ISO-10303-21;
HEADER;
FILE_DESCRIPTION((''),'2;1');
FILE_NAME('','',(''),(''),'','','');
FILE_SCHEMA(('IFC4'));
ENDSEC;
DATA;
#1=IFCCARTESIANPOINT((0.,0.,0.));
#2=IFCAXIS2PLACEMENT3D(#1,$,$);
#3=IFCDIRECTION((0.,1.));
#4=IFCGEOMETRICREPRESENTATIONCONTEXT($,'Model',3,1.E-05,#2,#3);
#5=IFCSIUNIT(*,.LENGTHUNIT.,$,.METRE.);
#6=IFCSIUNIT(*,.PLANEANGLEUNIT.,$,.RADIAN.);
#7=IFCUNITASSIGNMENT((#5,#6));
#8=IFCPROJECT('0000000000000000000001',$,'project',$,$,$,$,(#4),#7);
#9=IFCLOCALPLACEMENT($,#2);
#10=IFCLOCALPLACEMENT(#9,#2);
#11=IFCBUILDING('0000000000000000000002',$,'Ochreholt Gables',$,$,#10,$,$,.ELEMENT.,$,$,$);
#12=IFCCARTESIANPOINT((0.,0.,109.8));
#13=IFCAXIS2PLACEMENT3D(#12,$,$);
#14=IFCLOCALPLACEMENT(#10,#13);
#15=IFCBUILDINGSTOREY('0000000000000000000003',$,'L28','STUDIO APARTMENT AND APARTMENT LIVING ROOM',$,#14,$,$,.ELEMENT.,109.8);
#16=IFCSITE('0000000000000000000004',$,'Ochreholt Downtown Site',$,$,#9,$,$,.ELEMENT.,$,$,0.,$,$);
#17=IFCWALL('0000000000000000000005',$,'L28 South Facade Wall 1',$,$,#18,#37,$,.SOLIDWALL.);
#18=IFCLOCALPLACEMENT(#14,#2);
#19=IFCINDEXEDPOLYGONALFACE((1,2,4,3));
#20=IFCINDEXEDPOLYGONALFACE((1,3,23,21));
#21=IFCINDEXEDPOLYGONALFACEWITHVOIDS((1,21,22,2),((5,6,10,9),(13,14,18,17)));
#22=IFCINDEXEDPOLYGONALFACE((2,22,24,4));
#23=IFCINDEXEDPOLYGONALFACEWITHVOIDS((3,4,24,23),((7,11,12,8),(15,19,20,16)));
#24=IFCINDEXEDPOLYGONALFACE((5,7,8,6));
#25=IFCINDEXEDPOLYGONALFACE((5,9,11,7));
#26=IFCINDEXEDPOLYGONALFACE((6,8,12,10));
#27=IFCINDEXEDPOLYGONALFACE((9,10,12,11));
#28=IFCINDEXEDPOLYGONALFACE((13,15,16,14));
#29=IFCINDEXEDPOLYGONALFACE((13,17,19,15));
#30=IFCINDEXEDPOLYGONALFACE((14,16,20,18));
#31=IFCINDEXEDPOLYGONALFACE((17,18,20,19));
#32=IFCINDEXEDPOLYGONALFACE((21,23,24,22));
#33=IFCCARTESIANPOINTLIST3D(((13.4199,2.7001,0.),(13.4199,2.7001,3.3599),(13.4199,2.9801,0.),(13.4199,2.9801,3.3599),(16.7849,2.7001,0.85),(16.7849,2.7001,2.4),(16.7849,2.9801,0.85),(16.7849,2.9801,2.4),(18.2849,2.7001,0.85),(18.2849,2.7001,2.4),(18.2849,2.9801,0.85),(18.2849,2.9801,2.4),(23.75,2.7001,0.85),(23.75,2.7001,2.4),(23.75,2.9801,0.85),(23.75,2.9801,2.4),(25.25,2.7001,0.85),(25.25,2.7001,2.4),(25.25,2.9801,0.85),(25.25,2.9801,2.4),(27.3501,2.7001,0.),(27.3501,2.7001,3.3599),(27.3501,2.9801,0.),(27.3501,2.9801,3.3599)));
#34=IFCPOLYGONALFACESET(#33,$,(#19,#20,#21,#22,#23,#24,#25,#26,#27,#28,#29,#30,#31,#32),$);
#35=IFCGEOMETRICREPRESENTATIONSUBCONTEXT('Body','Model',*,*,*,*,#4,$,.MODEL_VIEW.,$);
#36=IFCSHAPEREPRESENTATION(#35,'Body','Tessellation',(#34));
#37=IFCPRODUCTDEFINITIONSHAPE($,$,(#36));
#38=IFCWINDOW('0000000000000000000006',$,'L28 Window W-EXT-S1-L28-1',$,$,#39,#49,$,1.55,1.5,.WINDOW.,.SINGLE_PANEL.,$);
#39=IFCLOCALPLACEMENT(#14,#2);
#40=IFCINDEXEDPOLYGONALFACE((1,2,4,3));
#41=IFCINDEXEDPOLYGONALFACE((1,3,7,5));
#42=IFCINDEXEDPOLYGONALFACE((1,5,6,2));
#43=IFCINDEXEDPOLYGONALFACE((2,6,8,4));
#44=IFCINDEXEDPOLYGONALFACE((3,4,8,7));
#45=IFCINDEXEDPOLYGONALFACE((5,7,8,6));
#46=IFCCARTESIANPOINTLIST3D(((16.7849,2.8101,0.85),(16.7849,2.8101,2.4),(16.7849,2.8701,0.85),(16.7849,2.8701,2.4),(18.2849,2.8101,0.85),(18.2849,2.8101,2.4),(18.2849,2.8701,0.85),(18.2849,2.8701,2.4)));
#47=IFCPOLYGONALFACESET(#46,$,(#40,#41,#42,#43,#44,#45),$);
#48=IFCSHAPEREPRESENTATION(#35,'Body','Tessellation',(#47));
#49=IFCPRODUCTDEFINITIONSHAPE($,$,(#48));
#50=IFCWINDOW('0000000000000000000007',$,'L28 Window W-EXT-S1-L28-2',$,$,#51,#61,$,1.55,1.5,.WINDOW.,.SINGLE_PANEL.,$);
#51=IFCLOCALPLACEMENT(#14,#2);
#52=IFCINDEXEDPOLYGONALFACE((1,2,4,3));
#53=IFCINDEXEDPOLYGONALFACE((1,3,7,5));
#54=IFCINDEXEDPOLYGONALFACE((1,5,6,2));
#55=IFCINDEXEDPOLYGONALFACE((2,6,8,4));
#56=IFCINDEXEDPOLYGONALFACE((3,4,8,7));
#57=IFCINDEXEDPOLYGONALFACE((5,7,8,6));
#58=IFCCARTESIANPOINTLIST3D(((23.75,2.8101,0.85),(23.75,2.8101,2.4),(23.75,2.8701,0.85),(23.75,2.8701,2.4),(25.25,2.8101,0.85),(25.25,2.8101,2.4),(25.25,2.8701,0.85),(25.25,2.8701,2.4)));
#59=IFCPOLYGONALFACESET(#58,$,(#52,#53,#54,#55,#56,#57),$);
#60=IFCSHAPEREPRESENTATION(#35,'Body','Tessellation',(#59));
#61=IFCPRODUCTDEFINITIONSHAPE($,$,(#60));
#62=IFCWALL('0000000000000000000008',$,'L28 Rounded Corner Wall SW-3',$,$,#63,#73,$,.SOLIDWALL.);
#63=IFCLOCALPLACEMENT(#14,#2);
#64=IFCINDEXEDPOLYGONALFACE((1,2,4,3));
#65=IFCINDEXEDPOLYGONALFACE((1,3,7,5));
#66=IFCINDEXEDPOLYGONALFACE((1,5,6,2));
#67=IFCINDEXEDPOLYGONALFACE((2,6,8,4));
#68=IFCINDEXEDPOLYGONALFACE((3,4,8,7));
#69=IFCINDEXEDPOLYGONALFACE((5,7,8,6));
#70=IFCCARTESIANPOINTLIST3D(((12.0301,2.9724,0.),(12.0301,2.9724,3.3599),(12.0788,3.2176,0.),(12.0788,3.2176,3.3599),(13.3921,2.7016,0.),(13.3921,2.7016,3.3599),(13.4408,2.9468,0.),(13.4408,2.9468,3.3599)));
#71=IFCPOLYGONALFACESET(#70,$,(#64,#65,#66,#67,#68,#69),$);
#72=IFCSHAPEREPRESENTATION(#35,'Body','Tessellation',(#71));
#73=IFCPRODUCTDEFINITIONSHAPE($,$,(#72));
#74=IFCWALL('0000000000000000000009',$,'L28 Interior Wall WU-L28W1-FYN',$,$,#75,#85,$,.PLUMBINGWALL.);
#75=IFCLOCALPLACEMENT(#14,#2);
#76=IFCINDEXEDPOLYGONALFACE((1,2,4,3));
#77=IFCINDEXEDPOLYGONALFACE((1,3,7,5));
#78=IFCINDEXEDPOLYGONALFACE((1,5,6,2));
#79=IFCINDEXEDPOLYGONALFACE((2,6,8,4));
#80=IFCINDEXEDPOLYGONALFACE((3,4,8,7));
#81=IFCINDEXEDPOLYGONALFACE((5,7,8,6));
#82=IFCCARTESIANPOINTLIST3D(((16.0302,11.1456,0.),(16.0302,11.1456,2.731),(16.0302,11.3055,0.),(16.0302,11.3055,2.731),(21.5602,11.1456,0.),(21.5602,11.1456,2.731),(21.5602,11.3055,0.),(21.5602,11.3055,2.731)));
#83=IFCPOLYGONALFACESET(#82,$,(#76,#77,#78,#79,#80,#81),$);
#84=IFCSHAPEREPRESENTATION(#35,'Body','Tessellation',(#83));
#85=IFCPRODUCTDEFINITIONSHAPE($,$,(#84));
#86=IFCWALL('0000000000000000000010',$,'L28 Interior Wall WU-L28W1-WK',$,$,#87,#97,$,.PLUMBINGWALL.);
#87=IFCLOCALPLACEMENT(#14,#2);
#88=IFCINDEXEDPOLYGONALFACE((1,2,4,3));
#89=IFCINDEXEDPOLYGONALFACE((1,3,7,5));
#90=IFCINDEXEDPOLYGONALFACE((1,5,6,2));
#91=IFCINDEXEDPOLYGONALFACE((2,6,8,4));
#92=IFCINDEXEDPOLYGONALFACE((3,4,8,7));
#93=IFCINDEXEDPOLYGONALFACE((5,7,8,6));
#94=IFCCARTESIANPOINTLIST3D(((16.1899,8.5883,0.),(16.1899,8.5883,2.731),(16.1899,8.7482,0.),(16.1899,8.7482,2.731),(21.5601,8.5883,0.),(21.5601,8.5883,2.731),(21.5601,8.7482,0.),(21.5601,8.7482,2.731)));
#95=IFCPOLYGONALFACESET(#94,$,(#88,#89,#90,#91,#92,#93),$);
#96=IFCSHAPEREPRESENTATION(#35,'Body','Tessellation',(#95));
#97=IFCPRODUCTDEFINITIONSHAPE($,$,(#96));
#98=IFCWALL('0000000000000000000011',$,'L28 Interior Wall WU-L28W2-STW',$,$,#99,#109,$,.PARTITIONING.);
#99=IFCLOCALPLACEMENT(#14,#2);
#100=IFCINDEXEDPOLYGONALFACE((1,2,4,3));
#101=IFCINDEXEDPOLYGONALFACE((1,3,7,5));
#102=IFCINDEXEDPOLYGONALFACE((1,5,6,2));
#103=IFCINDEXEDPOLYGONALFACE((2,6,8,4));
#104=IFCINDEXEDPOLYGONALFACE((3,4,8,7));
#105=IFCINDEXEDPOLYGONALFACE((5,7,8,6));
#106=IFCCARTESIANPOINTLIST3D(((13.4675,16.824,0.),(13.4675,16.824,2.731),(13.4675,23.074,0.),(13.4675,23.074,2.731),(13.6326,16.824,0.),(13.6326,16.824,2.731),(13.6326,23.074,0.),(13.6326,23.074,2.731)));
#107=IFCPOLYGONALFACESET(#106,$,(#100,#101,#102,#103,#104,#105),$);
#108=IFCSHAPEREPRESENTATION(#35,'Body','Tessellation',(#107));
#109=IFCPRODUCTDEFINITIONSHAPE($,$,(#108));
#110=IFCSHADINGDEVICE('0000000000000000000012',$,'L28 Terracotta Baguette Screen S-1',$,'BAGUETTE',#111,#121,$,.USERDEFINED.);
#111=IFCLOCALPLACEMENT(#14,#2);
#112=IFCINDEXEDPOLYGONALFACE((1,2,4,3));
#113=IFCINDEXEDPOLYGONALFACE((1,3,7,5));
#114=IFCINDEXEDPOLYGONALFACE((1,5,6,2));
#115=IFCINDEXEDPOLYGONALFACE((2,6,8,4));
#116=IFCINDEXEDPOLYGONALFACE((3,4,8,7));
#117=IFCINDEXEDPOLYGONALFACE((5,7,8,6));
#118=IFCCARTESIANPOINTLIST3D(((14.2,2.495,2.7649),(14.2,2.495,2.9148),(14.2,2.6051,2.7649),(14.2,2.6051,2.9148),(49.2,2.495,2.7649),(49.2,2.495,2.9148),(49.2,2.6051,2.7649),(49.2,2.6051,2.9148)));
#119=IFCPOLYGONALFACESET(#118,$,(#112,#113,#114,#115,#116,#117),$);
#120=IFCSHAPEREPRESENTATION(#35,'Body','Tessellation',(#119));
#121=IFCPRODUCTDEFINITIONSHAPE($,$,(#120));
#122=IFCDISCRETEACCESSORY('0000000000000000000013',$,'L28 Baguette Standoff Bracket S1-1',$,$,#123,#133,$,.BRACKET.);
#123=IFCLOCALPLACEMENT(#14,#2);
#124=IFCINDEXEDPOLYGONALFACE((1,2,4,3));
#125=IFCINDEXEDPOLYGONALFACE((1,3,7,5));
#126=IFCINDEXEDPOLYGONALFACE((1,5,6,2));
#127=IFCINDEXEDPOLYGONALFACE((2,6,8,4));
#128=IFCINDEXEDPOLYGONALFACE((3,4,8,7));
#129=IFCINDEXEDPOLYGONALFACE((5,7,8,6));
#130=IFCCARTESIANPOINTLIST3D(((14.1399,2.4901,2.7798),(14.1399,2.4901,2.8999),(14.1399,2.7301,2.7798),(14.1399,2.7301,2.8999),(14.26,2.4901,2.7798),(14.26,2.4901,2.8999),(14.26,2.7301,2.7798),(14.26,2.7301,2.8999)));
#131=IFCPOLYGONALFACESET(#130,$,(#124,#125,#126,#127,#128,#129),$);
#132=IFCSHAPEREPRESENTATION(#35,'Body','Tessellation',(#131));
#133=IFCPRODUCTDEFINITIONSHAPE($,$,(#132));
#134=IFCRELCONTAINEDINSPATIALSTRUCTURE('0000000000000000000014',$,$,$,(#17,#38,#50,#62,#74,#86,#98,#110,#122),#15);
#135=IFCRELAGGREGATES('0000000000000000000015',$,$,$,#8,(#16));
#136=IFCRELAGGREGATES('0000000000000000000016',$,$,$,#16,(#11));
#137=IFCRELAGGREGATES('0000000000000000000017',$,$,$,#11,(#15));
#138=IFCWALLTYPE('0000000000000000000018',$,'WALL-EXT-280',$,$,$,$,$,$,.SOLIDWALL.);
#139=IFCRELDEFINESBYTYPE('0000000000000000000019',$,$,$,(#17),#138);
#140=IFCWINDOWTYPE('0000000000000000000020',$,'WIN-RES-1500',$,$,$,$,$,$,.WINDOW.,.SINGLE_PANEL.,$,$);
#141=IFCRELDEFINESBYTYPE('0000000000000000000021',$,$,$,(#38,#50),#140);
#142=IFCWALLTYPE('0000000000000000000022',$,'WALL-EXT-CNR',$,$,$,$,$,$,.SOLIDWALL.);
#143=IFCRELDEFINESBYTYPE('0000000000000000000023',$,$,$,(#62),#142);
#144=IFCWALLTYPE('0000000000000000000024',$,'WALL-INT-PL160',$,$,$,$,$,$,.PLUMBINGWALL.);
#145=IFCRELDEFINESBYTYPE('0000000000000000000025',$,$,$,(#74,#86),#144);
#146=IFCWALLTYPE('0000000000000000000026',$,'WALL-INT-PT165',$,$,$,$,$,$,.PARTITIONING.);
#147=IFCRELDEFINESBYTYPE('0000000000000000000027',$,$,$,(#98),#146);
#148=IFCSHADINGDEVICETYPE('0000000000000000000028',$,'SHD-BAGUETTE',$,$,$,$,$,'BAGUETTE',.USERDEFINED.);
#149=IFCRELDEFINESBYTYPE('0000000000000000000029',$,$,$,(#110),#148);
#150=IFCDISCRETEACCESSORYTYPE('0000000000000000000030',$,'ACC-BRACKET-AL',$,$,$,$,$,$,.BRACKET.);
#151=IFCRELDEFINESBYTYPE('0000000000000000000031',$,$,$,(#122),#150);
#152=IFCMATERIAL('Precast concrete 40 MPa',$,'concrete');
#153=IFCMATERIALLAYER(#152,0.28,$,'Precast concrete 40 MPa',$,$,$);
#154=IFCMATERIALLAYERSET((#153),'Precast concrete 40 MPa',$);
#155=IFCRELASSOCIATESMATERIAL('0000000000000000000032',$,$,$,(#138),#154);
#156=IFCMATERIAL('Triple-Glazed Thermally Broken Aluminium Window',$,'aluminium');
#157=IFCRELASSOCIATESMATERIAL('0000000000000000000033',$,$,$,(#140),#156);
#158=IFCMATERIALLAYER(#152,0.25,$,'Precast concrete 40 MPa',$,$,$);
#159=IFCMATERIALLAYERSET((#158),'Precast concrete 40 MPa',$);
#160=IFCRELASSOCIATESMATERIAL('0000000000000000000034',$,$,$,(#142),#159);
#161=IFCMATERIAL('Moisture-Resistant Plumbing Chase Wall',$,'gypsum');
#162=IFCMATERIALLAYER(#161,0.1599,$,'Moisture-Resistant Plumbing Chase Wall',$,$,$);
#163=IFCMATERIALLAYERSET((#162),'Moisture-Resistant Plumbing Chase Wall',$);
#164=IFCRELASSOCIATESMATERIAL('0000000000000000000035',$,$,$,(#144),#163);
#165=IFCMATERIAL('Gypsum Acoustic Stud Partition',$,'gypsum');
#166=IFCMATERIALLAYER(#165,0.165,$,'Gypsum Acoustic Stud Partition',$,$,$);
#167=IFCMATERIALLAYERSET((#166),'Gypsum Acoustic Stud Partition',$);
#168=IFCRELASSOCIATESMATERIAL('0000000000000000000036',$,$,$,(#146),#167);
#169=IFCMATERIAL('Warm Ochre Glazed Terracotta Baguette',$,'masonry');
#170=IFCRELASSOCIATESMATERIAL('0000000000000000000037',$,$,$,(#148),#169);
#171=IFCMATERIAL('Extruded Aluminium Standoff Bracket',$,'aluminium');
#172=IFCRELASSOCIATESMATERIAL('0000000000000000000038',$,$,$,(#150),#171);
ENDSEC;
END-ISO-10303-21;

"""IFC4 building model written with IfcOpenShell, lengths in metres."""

from ifc_helpers import new_model, si_unit, direction, frame, frame_2d, origin, origin_2d, place, context, subcontext, project, spatial, rectangle, extrude, material, layer, layer_set, material_profile, profile_set, type_object, element, fill, save


model = new_model("IFC4")

# Units and contexts
model_context = context("Model", 3, precision=1e-05, world=origin(), true_north=direction((0.0, 1.0)))
body_context = subcontext(model_context, "Body", "Model", "MODEL_VIEW")
ifc_project = project(units=[si_unit("LENGTHUNIT", "METRE"), si_unit("PLANEANGLEUNIT", "RADIAN")], contexts=[model_context])

# Site, building, storey
site_placement = place(None, origin())
site = spatial("IfcSite", under=ifc_project, at=site_placement, Name="Ochreholt Downtown Site", CompositionType="ELEMENT", RefElevation=0.0)
building_placement = place(site_placement, origin())
building = spatial("IfcBuilding", under=site, at=building_placement, Name="Ochreholt Gables", CompositionType="ELEMENT")
storey_placement = place(building_placement, frame((0.0, 0.0, 109.8)))
storey = spatial("IfcBuildingStorey", under=building, at=storey_placement, Name="L28", Description="STUDIO APARTMENT AND APARTMENT LIVING ROOM", CompositionType="ELEMENT", Elevation=109.8)

# Wall, openings, windows
ifc_material_1 = material(Name="Precast concrete 40 MPa", Category="concrete")
ifc_layer_1 = layer(ifc_material_1, 0.28, Name="Precast concrete 40 MPa")
ifc_layer_set_1 = layer_set([ifc_layer_1], Name="Precast concrete 40 MPa")
wall_type_1 = type_object("IfcWallType", Name="WALL-EXT-280", PredefinedType="SOLIDWALL", material=ifc_layer_set_1)
wall_1_placement = place(storey_placement, frame((13.4199, 2.8401, 0.0), z_axis=(0.0, 0.0, 1.0), x_axis=(1.0, 0.0, 0.0)))
wall_1 = element("IfcWall", 1, at=wall_1_placement, inside=storey, type_object=wall_type_1, Name="L28 South Facade Wall 1", PredefinedType="SOLIDWALL", context=body_context, shape_type="SweptSolid", body=[
    extrude(rectangle(XDim=13.9302, YDim=0.28, at=frame_2d((6.9651, 0.0))), origin(), (0.0, 0.0, 1.0), 3.3599),
])
opening_1_placement = place(wall_1_placement, frame((3.365, 0.0, 0.8501)))
opening_1 = element("IfcOpeningElement", 2, at=opening_1_placement, cuts=wall_1, PredefinedType="OPENING", context=body_context, shape_type="SweptSolid", body=[
    extrude(rectangle(XDim=1.5, YDim=1.55, at=frame_2d((0.75, 0.7749))), frame((0.0, 0.1499, 0.0), z_axis=(0.0, -1.0, 0.0), x_axis=(1.0, 0.0, 0.0)), (0.0, 0.0, 1.0), 0.3),
])
opening_2_placement = place(wall_1_placement, frame((10.3301, 0.0, 0.8501)))
opening_2 = element("IfcOpeningElement", 3, at=opening_2_placement, cuts=wall_1, PredefinedType="OPENING", context=body_context, shape_type="SweptSolid", body=[
    extrude(rectangle(XDim=1.5, YDim=1.55, at=frame_2d((0.75, 0.7749))), frame((0.0, 0.1499, 0.0), z_axis=(0.0, -1.0, 0.0), x_axis=(1.0, 0.0, 0.0)), (0.0, 0.0, 1.0), 0.3),
])
ifc_material_2 = material(Name="Triple-Glazed Thermally Broken Aluminium Window", Category="aluminium")
window_type = type_object("IfcWindowType", Name="WIN-RES-1500", PartitioningType="SINGLE_PANEL", PredefinedType="WINDOW", material=ifc_material_2)
window_1_placement = place(opening_1_placement, origin())
window_1 = element("IfcWindow", 4, at=window_1_placement, inside=storey, type_object=window_type, Name="L28 Window W-EXT-S1-L28-1", OverallHeight=1.55, OverallWidth=1.5, PartitioningType="SINGLE_PANEL", PredefinedType="WINDOW", context=body_context, shape_type="SweptSolid", body=[
    extrude(rectangle(XDim=1.5, YDim=1.55, at=frame_2d((0.75, 0.7749))), frame((0.0, 0.03, 0.0), z_axis=(0.0, -1.0, 0.0), x_axis=(1.0, 0.0, 0.0)), (0.0, 0.0, 1.0), 0.0601),
])
fill(opening_1, window_1)
window_2_placement = place(opening_2_placement, origin())
window_2 = element("IfcWindow", 5, at=window_2_placement, inside=storey, type_object=window_type, Name="L28 Window W-EXT-S1-L28-2", OverallHeight=1.55, OverallWidth=1.5, PartitioningType="SINGLE_PANEL", PredefinedType="WINDOW", context=body_context, shape_type="SweptSolid", body=[
    extrude(rectangle(XDim=1.5, YDim=1.55, at=frame_2d((0.75, 0.7749))), frame((0.0, 0.03, 0.0), z_axis=(0.0, -1.0, 0.0), x_axis=(1.0, 0.0, 0.0)), (0.0, 0.0, 1.0), 0.0601),
])
fill(opening_2, window_2)

# Walls
ifc_layer_2 = layer(ifc_material_1, 0.25, Name="Precast concrete 40 MPa")
ifc_layer_set_2 = layer_set([ifc_layer_2], Name="Precast concrete 40 MPa")
wall_type_2 = type_object("IfcWallType", Name="WALL-EXT-CNR", PredefinedType="SOLIDWALL", material=ifc_layer_set_2)
wall_2_placement = place(storey_placement, frame((12.0544, 3.095, 0.0), z_axis=(0.0, 0.0, 1.0), x_axis=(0.98081, -0.194967, 0.0)))
element("IfcWall", 6, at=wall_2_placement, inside=storey, type_object=wall_type_2, Name="L28 Rounded Corner Wall SW-3", PredefinedType="SOLIDWALL", context=body_context, shape_type="SweptSolid", body=[
    extrude(rectangle(XDim=1.3887, YDim=0.25, at=frame_2d((0.6943, 0.0))), origin(), (0.0, 0.0, 1.0), 3.3599),
])
ifc_material_3 = material(Name="Moisture-Resistant Plumbing Chase Wall", Category="gypsum")
ifc_layer_3 = layer(ifc_material_3, 0.1599, Name="Moisture-Resistant Plumbing Chase Wall")
ifc_layer_set_3 = layer_set([ifc_layer_3], Name="Moisture-Resistant Plumbing Chase Wall")
wall_type_3 = type_object("IfcWallType", Name="WALL-INT-PL160", PredefinedType="PLUMBINGWALL", material=ifc_layer_set_3)
wall_3_placement = place(storey_placement, frame((16.03, 11.2256, 0.0), z_axis=(0.0, 0.0, 1.0), x_axis=(1.0, 0.0, 0.0)))
element("IfcWall", 7, at=wall_3_placement, inside=storey, type_object=wall_type_3, Name="L28 Interior Wall WU-L28W1-FYN", PredefinedType="PLUMBINGWALL", context=body_context, shape_type="SweptSolid", body=[
    extrude(rectangle(XDim=5.53, YDim=0.1599, at=frame_2d((2.7651, 0.0))), origin(), (0.0, 0.0, 1.0), 2.731),
])

# Wall
wall_4_placement = place(storey_placement, frame((16.1899, 8.6682, 0.0), z_axis=(0.0, 0.0, 1.0), x_axis=(1.0, 0.0, 0.0)))
element("IfcWall", 8, at=wall_4_placement, inside=storey, type_object=wall_type_3, Name="L28 Interior Wall WU-L28W1-WK", PredefinedType="PLUMBINGWALL", context=body_context, shape_type="SweptSolid", body=[
    extrude(rectangle(XDim=5.3701, YDim=0.1599, at=frame_2d((2.6851, 0.0))), origin(), (0.0, 0.0, 1.0), 2.731),
])

# Wall
ifc_material_4 = material(Name="Gypsum Acoustic Stud Partition", Category="gypsum")
ifc_layer_4 = layer(ifc_material_4, 0.165, Name="Gypsum Acoustic Stud Partition")
ifc_layer_set_4 = layer_set([ifc_layer_4], Name="Gypsum Acoustic Stud Partition")
wall_type_4 = type_object("IfcWallType", Name="WALL-INT-PT165", PredefinedType="PARTITIONING", material=ifc_layer_set_4)
wall_5_placement = place(storey_placement, frame((13.55, 16.824, 0.0), z_axis=(0.0, 0.0, 1.0), x_axis=(0.0, 1.0, 0.0)))
element("IfcWall", 9, at=wall_5_placement, inside=storey, type_object=wall_type_4, Name="L28 Interior Wall WU-L28W2-STW", PredefinedType="PARTITIONING", context=body_context, shape_type="SweptSolid", body=[
    extrude(rectangle(XDim=6.25, YDim=0.165, at=frame_2d((3.125, 0.0))), origin(), (0.0, 0.0, 1.0), 2.731),
])

# Shading device
ifc_material_5 = material(Name="Warm Ochre Glazed Terracotta Baguette", Category="masonry")
ifc_material_profile_1 = material_profile(ifc_material_5, rectangle(XDim=0.1101, YDim=0.1499, at=origin_2d()), Name="TCBAG110X150")
ifc_profile_set_1 = profile_set([ifc_material_profile_1], Name="Warm Ochre Glazed Terracotta Baguette")
shading_device_type = type_object("IfcShadingDeviceType", Name="SHD-BAGUETTE", ElementType="BAGUETTE", PredefinedType="USERDEFINED", material=ifc_profile_set_1)
shading_device_placement = place(storey_placement, frame((14.2, 2.55, 2.8398), z_axis=(1.0, 0.0, 0.0), x_axis=(0.0, 1.0, 0.0)))
element("IfcShadingDevice", 10, at=shading_device_placement, inside=storey, type_object=shading_device_type, Name="L28 Terracotta Baguette Screen S-1", ObjectType="BAGUETTE", PredefinedType="USERDEFINED", context=body_context, shape_type="SweptSolid", body=[
    extrude(rectangle(XDim=0.1101, YDim=0.1499, at=origin_2d()), origin(), (0.0, 0.0, 1.0), 35.0),
])

# Discrete accessory
ifc_material_6 = material(Name="Extruded Aluminium Standoff Bracket", Category="aluminium")
discrete_accessory_type = type_object("IfcDiscreteAccessoryType", Name="ACC-BRACKET-AL", PredefinedType="BRACKET", material=ifc_material_6)
discrete_accessory_placement = place(storey_placement, frame((14.2, 2.6101, 2.7798), z_axis=(0.0, 0.0, 1.0), x_axis=(1.0, 0.0, 0.0)))
element("IfcDiscreteAccessory", 11, at=discrete_accessory_placement, inside=storey, type_object=discrete_accessory_type, Name="L28 Baguette Standoff Bracket S1-1", PredefinedType="BRACKET", context=body_context, shape_type="SweptSolid", body=[
    extrude(rectangle(XDim=0.1201, YDim=0.24, at=origin_2d()), origin(), (0.0, 0.0, 1.0), 0.1201),
])

save(model, "model.ifc")
